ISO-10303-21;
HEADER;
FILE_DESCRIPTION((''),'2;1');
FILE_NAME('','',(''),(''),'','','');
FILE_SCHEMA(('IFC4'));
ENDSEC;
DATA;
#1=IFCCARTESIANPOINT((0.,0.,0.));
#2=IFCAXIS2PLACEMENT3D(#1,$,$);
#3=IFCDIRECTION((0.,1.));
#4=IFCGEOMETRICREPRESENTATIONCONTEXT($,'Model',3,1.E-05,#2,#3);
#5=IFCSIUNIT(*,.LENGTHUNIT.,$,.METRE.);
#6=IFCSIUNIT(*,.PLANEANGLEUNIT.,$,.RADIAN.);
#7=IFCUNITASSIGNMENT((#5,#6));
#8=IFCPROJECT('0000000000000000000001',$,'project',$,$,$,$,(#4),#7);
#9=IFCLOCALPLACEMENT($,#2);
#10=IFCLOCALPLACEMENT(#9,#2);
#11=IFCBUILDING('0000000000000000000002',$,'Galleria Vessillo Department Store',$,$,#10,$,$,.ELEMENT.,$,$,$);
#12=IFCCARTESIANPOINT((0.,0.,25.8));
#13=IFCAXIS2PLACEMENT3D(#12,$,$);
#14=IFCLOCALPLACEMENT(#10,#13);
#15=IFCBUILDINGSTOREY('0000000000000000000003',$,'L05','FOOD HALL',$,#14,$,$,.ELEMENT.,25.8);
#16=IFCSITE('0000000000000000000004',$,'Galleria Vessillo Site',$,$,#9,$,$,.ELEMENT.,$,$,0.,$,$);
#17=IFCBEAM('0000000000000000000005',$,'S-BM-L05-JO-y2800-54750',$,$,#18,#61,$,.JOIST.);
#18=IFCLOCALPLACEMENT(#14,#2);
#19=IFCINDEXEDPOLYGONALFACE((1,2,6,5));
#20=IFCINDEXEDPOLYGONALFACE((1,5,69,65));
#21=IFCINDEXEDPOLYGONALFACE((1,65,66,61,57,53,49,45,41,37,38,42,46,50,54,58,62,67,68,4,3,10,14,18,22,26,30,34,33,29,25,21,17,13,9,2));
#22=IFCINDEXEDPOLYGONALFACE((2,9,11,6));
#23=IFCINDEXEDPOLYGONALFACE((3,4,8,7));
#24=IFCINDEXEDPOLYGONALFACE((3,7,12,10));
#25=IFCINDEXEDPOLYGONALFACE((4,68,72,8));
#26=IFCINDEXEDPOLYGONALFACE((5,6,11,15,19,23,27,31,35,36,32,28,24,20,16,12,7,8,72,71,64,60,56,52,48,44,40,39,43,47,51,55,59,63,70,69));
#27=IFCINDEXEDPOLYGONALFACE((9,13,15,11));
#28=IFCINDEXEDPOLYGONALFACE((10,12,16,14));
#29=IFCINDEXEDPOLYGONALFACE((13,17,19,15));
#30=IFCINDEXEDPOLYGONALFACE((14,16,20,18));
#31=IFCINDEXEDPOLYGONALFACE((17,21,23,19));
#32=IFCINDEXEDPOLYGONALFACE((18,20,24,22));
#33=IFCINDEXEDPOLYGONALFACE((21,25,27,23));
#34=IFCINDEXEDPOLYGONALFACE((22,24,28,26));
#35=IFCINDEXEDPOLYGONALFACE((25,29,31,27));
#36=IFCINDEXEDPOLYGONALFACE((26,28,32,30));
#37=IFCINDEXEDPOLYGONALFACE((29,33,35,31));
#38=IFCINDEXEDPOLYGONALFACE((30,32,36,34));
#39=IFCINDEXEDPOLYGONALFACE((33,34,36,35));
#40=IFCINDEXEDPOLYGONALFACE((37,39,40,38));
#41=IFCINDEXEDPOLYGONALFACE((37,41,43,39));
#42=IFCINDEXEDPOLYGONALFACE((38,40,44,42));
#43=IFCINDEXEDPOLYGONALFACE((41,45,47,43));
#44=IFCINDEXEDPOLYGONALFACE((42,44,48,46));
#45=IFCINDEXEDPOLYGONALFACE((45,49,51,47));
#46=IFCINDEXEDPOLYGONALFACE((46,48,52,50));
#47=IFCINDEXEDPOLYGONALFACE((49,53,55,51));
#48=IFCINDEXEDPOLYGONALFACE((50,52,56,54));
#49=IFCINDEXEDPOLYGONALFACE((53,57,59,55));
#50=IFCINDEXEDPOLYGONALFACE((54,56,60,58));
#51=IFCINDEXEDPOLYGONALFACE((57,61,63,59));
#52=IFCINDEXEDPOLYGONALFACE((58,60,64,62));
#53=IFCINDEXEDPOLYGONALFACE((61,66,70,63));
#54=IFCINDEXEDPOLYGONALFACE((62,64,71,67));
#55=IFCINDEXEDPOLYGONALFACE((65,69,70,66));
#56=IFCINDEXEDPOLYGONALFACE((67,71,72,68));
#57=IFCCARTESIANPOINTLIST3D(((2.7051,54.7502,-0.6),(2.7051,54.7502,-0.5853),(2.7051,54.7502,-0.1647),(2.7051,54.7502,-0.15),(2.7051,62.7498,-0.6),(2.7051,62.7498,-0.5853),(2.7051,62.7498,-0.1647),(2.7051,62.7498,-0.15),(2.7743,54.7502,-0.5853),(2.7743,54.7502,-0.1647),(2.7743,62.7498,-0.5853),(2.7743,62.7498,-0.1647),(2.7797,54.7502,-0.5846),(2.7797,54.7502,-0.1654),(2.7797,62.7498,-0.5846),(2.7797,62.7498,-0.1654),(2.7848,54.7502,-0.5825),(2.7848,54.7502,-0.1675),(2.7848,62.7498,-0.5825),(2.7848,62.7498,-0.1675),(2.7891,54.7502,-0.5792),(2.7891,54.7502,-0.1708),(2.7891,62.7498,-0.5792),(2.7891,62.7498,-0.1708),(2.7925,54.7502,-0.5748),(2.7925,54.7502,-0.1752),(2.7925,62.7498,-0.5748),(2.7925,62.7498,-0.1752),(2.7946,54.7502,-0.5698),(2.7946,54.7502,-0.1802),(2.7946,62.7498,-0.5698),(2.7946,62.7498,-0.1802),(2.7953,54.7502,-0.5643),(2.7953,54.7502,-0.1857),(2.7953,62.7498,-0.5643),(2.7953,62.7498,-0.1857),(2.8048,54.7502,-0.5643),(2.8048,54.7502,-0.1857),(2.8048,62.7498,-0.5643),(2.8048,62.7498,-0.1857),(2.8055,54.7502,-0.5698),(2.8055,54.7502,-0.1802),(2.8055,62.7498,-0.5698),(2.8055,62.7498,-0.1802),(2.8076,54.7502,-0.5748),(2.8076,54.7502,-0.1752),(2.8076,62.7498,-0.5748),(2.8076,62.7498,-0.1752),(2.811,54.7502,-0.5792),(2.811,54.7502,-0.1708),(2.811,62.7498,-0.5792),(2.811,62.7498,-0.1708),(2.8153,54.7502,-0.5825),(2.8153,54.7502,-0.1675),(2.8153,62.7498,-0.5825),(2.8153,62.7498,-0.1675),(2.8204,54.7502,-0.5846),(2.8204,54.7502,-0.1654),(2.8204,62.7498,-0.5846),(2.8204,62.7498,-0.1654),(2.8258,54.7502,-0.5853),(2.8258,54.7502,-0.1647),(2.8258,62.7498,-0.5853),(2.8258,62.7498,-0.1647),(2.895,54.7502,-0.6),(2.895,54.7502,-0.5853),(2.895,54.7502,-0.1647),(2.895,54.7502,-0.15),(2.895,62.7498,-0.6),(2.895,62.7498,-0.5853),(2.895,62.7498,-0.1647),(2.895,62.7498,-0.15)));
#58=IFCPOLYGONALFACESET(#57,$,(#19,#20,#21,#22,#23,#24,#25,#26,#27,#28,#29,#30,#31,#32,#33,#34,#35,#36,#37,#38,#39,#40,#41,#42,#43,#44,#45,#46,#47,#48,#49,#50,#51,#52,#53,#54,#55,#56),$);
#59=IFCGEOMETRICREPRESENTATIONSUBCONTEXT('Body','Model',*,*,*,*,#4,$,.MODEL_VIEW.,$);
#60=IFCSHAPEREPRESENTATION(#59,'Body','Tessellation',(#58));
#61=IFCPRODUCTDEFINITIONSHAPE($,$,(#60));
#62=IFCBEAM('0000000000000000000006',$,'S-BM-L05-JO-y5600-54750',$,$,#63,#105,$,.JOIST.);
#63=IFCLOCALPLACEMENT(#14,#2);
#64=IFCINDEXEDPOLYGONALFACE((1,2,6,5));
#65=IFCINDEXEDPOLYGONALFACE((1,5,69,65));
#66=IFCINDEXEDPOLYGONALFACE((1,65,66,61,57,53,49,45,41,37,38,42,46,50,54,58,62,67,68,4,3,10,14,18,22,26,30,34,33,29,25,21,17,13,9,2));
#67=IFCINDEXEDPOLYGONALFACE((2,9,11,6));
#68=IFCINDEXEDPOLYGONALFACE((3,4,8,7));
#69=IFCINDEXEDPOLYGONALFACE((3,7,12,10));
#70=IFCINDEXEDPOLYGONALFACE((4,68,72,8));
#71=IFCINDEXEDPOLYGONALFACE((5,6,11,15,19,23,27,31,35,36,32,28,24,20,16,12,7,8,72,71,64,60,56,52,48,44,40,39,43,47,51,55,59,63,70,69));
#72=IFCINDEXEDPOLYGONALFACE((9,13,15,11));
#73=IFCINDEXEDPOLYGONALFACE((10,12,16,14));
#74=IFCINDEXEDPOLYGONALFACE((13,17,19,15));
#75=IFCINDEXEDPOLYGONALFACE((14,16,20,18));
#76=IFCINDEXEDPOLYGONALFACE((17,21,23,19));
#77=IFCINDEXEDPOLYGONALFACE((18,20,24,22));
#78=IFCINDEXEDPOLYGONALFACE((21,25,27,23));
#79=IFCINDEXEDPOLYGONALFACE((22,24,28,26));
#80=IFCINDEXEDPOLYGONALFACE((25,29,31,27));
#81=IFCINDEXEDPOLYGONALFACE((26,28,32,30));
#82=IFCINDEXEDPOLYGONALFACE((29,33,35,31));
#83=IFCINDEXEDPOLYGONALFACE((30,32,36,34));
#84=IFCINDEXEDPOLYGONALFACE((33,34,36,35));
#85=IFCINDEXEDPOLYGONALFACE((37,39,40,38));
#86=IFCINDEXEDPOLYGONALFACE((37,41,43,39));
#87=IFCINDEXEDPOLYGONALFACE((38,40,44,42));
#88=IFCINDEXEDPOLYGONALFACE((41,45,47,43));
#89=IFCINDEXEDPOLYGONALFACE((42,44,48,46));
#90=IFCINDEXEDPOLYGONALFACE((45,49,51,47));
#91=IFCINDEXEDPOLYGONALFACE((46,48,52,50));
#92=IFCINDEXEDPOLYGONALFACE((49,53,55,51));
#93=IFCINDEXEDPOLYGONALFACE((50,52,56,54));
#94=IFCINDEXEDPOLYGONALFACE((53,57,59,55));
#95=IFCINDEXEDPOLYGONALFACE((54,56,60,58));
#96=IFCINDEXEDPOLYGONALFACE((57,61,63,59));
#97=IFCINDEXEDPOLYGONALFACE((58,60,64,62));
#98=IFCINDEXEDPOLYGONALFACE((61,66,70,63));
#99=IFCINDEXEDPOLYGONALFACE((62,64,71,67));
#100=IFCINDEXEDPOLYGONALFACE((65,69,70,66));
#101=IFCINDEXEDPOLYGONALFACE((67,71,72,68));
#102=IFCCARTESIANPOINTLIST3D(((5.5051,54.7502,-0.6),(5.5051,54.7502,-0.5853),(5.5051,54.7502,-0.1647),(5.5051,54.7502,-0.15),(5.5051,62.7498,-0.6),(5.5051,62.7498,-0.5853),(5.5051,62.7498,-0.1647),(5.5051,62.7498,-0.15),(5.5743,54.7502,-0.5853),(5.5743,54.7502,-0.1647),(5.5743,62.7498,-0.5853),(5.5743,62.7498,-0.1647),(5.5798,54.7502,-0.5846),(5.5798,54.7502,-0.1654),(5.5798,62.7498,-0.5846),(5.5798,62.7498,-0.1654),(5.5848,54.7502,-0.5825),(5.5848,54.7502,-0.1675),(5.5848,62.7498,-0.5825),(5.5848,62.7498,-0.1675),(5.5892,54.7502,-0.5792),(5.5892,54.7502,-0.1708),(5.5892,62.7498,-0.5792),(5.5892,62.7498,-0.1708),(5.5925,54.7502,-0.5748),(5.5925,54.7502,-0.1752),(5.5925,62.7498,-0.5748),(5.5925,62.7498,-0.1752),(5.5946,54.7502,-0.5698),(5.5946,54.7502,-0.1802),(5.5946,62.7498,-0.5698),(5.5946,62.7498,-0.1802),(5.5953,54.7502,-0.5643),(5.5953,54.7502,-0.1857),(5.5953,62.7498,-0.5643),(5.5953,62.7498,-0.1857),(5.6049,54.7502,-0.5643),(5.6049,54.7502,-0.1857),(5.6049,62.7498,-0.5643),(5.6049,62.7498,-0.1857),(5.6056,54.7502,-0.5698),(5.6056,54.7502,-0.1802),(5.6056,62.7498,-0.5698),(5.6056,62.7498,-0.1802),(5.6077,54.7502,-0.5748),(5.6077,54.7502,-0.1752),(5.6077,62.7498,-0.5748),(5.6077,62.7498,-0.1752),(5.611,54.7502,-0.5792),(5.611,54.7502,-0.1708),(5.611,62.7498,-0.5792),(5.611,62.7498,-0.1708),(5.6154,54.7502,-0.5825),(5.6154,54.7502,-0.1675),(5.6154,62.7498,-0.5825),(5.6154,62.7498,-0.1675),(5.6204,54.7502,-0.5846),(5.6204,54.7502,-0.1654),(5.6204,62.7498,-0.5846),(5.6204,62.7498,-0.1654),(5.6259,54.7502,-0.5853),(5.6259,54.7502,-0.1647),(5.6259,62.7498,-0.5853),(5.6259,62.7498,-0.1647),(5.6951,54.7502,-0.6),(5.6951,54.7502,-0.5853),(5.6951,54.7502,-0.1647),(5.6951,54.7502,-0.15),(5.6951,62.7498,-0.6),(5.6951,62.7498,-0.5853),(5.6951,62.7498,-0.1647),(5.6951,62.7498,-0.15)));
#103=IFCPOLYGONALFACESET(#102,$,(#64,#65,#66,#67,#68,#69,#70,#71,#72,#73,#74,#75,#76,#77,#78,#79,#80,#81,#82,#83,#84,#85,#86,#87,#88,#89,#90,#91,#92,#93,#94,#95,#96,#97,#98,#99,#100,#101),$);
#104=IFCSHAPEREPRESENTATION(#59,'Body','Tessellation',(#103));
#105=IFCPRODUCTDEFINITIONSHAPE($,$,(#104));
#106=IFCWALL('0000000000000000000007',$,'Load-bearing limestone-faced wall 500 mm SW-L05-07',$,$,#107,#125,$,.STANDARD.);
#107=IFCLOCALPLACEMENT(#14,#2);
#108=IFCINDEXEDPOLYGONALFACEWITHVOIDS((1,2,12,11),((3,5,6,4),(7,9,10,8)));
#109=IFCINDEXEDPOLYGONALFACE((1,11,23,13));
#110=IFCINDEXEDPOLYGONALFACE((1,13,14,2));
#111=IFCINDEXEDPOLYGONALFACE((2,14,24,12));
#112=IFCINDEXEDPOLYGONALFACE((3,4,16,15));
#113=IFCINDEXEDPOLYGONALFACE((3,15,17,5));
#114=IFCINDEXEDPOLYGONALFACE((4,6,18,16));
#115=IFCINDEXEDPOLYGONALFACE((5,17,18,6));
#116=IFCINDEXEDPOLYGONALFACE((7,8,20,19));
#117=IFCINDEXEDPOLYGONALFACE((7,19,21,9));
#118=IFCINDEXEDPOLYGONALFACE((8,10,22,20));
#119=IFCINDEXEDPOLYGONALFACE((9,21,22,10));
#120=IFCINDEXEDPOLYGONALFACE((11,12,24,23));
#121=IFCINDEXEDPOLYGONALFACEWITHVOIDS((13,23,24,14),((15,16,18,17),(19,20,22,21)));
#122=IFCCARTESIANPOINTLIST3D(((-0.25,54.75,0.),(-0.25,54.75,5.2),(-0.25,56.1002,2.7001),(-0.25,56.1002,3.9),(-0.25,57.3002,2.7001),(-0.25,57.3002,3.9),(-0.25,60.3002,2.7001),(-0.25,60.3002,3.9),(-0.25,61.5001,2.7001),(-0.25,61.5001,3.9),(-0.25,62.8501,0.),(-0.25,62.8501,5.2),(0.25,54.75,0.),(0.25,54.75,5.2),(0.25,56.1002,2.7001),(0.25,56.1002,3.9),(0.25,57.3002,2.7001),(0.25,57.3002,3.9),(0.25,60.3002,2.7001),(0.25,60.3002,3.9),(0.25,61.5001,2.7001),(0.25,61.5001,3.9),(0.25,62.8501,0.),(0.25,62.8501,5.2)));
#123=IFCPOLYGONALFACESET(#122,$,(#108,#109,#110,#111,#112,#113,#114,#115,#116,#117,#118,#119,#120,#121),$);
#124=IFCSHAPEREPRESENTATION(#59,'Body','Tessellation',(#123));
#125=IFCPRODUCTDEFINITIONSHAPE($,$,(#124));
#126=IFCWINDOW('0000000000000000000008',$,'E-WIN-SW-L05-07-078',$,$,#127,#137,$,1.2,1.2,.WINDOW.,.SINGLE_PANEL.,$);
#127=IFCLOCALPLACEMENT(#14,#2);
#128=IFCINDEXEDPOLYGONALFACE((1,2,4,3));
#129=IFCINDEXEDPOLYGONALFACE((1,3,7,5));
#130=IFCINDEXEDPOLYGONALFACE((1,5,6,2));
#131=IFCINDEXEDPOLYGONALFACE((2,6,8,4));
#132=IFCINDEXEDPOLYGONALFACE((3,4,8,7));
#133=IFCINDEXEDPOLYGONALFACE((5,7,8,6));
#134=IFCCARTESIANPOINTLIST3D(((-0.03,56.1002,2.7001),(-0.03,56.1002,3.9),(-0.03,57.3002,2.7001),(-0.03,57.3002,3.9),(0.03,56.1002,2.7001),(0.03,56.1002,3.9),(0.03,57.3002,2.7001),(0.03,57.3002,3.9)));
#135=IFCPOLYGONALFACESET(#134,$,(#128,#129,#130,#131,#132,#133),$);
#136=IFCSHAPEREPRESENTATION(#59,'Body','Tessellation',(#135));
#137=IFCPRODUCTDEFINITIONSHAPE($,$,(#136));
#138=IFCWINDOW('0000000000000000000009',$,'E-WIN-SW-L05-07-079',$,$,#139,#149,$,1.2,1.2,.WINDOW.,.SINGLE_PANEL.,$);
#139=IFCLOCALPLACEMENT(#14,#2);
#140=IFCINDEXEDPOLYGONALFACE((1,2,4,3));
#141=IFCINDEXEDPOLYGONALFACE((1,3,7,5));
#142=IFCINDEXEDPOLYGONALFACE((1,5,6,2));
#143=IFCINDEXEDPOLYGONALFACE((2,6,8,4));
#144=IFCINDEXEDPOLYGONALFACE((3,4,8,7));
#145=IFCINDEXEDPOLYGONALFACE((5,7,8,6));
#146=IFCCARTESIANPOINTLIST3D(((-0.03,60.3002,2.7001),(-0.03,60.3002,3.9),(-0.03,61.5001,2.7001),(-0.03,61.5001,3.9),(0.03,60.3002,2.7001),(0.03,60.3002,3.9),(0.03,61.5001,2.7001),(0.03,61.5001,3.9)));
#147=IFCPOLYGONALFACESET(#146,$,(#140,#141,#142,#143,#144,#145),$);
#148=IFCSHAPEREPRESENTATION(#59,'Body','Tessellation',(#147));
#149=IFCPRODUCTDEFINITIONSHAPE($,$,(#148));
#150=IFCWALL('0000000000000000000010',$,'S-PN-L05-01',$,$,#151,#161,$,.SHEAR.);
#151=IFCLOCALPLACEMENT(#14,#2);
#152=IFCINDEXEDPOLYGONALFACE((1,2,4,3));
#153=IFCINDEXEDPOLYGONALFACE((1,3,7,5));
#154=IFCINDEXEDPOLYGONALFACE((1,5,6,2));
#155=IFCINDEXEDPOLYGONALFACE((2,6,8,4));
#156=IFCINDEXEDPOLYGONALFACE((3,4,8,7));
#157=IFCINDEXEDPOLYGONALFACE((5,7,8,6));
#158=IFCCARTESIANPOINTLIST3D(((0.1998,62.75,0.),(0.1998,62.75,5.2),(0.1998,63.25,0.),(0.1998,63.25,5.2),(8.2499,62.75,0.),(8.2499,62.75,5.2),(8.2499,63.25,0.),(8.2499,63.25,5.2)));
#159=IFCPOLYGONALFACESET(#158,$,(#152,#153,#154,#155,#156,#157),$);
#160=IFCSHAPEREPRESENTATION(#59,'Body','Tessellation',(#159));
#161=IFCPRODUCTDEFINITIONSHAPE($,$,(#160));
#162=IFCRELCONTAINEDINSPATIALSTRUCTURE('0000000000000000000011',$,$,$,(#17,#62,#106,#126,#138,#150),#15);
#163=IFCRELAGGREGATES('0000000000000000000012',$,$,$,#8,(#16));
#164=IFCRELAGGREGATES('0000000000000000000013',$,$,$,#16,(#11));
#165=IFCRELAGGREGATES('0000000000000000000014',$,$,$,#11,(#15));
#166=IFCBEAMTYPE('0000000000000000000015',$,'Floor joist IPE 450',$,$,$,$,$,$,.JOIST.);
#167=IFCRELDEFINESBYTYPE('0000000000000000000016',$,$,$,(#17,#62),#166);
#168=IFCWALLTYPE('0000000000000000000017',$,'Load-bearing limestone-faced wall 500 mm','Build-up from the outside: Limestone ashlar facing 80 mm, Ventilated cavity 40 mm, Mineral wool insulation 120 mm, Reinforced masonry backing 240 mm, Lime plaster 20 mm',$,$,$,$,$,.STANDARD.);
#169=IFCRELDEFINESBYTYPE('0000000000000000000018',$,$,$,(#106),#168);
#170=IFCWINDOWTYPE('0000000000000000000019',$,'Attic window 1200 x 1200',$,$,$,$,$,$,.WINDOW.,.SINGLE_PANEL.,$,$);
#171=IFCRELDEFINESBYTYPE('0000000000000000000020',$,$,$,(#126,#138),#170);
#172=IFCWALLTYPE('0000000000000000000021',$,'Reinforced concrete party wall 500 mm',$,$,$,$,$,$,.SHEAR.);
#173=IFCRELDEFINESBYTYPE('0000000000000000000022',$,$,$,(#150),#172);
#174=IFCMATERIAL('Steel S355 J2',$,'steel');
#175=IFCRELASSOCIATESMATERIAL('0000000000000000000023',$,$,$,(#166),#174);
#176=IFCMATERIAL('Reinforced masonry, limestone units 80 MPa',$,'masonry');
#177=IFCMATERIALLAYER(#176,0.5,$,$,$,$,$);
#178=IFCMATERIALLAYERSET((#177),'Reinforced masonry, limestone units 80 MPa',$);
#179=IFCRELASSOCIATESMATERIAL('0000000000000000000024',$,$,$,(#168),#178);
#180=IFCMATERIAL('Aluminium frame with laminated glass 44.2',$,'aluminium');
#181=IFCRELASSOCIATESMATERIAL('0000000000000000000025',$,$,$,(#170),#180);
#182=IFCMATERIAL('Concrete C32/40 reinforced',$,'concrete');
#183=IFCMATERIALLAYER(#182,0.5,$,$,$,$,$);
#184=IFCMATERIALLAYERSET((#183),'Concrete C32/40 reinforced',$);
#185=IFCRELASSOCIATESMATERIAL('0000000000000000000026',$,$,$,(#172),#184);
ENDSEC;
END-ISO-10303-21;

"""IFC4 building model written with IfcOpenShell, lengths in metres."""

from ifc_helpers import new_model, si_unit, direction, frame, frame_2d, origin, origin_2d, place, context, subcontext, project, spatial, rectangle, i_section, extrude, material, layer, layer_set, material_profile, profile_set, type_object, element, fill, save


model = new_model("IFC4")

# Units and contexts
model_context = context("Model", 3, precision=1e-05, world=origin(), true_north=direction((0.0, 1.0)))
body_context = subcontext(model_context, "Body", "Model", "MODEL_VIEW")
ifc_project = project(units=[si_unit("LENGTHUNIT", "METRE"), si_unit("PLANEANGLEUNIT", "RADIAN")], contexts=[model_context])

# Site, building, storey
site_placement = place(None, origin())
site = spatial("IfcSite", under=ifc_project, at=site_placement, Name="Galleria Vessillo Site", CompositionType="ELEMENT", RefElevation=0.0)
building_placement = place(site_placement, origin())
building = spatial("IfcBuilding", under=site, at=building_placement, Name="Galleria Vessillo Department Store", CompositionType="ELEMENT")
storey_placement = place(building_placement, frame((0.0, 0.0, 25.8)))
storey = spatial("IfcBuildingStorey", under=building, at=storey_placement, Name="L05", Description="FOOD HALL", CompositionType="ELEMENT", Elevation=25.8)

# Beams
ifc_material_1 = material(Name="Steel S355 J2", Category="steel")
ifc_material_profile_1 = material_profile(ifc_material_1, i_section(OverallWidth=0.1899, OverallDepth=0.45, WebThickness=0.0095, FlangeThickness=0.0146, FilletRadius=0.021, at=origin_2d()), Name="IPE 450")
ifc_profile_set_1 = profile_set([ifc_material_profile_1], Name="Steel S355 J2")
beam_type_1 = type_object("IfcBeamType", Name="Floor joist IPE 450", PredefinedType="JOIST", material=ifc_profile_set_1)
for number, where, z_axis, x_axis, name in (
    (1, (2.8, 54.7502, -0.375), (0.0, 1.0, 0.0), (-1.0, 0.0, 0.0), "S-BM-L05-JO-y2800-54750"),
    (2, (5.6001, 54.7502, -0.375), (0.0, 1.0, 0.0), (-1.0, 0.0, 0.0), "S-BM-L05-JO-y5600-54750"),
):
    element("IfcBeam", number, at=place(storey_placement, frame(where, z_axis=z_axis, x_axis=x_axis)), inside=storey, type_object=beam_type_1, Name=name, PredefinedType="JOIST", context=body_context, shape_type="SweptSolid", body=[
        extrude(i_section(OverallWidth=0.1899, OverallDepth=0.45, WebThickness=0.0095, FlangeThickness=0.0146, FilletRadius=0.021, at=origin_2d()), origin(), (0.0, 0.0, 1.0), 7.9995),
    ])

# Wall, openings, windows
ifc_material_2 = material(Name="Reinforced masonry, limestone units 80 MPa", Category="masonry")
ifc_layer_1 = layer(ifc_material_2, 0.5)
ifc_layer_set_1 = layer_set([ifc_layer_1], Name="Reinforced masonry, limestone units 80 MPa")
wall_type_1 = type_object("IfcWallType", Name="Load-bearing limestone-faced wall 500 mm", Description="Build-up from the outside: Limestone ashlar facing 80 mm, Ventilated cavity 40 mm, Mineral wool insulation 120 mm, Reinforced masonry backing 240 mm, Lime plaster 20 mm", PredefinedType="STANDARD", material=ifc_layer_set_1)
wall_1_placement = place(storey_placement, frame((0.0, 54.75, 0.0), z_axis=(0.0, 0.0, 1.0), x_axis=(0.0, 1.0, 0.0)))
wall_1 = element("IfcWall", 3, at=wall_1_placement, inside=storey, type_object=wall_type_1, Name="Load-bearing limestone-faced wall 500 mm SW-L05-07", PredefinedType="STANDARD", context=body_context, shape_type="SweptSolid", body=[
    extrude(rectangle(XDim=8.1001, YDim=0.5, at=frame_2d((4.05, 0.0))), origin(), (0.0, 0.0, 1.0), 5.2),
])
opening_1_placement = place(wall_1_placement, frame((1.3501, 0.0, 2.7)))
opening_1 = element("IfcOpeningElement", 4, at=opening_1_placement, cuts=wall_1, PredefinedType="OPENING", context=body_context, shape_type="SweptSolid", body=[
    extrude(rectangle(XDim=1.2, YDim=1.2, at=frame_2d((0.6001, 0.6001))), frame((0.0, 0.26, 0.0), z_axis=(0.0, -1.0, 0.0), x_axis=(1.0, 0.0, 0.0)), (0.0, 0.0, 1.0), 0.52),
])
opening_2_placement = place(wall_1_placement, frame((5.55, 0.0, 2.7)))
opening_2 = element("IfcOpeningElement", 5, at=opening_2_placement, cuts=wall_1, PredefinedType="OPENING", context=body_context, shape_type="SweptSolid", body=[
    extrude(rectangle(XDim=1.2, YDim=1.2, at=frame_2d((0.6001, 0.6001))), frame((0.0, 0.26, 0.0), z_axis=(0.0, -1.0, 0.0), x_axis=(1.0, 0.0, 0.0)), (0.0, 0.0, 1.0), 0.52),
])
ifc_material_3 = material(Name="Aluminium frame with laminated glass 44.2", Category="aluminium")
window_type = type_object("IfcWindowType", Name="Attic window 1200 x 1200", PartitioningType="SINGLE_PANEL", PredefinedType="WINDOW", material=ifc_material_3)
window_1_placement = place(opening_1_placement, origin())
window_1 = element("IfcWindow", 6, at=window_1_placement, inside=storey, type_object=window_type, Name="E-WIN-SW-L05-07-078", OverallHeight=1.2, OverallWidth=1.2, PartitioningType="SINGLE_PANEL", PredefinedType="WINDOW", context=body_context, shape_type="SweptSolid", body=[
    extrude(rectangle(XDim=1.2, YDim=1.2, at=frame_2d((0.6001, 0.6001))), frame((0.0, 0.03, 0.0), z_axis=(0.0, -1.0, 0.0), x_axis=(1.0, 0.0, 0.0)), (0.0, 0.0, 1.0), 0.0601),
])
fill(opening_1, window_1)
window_2_placement = place(opening_2_placement, origin())
window_2 = element("IfcWindow", 7, at=window_2_placement, inside=storey, type_object=window_type, Name="E-WIN-SW-L05-07-079", OverallHeight=1.2, OverallWidth=1.2, PartitioningType="SINGLE_PANEL", PredefinedType="WINDOW", context=body_context, shape_type="SweptSolid", body=[
    extrude(rectangle(XDim=1.2, YDim=1.2, at=frame_2d((0.6001, 0.6001))), frame((0.0, 0.03, 0.0), z_axis=(0.0, -1.0, 0.0), x_axis=(1.0, 0.0, 0.0)), (0.0, 0.0, 1.0), 0.0601),
])
fill(opening_2, window_2)

# Wall
ifc_material_4 = material(Name="Concrete C32/40 reinforced", Category="concrete")
ifc_layer_2 = layer(ifc_material_4, 0.5)
ifc_layer_set_2 = layer_set([ifc_layer_2], Name="Concrete C32/40 reinforced")
wall_type_2 = type_object("IfcWallType", Name="Reinforced concrete party wall 500 mm", PredefinedType="SHEAR", material=ifc_layer_set_2)
wall_2_placement = place(storey_placement, frame((0.2, 63.0, 0.0), z_axis=(0.0, 0.0, 1.0), x_axis=(1.0, 0.0, 0.0)))
element("IfcWall", 8, at=wall_2_placement, inside=storey, type_object=wall_type_2, Name="S-PN-L05-01", PredefinedType="SHEAR", context=body_context, shape_type="SweptSolid", body=[
    extrude(rectangle(XDim=8.05, YDim=0.5, at=frame_2d((4.0249, 0.0))), origin(), (0.0, 0.0, 1.0), 5.2),
])

save(model, "model.ifc")
